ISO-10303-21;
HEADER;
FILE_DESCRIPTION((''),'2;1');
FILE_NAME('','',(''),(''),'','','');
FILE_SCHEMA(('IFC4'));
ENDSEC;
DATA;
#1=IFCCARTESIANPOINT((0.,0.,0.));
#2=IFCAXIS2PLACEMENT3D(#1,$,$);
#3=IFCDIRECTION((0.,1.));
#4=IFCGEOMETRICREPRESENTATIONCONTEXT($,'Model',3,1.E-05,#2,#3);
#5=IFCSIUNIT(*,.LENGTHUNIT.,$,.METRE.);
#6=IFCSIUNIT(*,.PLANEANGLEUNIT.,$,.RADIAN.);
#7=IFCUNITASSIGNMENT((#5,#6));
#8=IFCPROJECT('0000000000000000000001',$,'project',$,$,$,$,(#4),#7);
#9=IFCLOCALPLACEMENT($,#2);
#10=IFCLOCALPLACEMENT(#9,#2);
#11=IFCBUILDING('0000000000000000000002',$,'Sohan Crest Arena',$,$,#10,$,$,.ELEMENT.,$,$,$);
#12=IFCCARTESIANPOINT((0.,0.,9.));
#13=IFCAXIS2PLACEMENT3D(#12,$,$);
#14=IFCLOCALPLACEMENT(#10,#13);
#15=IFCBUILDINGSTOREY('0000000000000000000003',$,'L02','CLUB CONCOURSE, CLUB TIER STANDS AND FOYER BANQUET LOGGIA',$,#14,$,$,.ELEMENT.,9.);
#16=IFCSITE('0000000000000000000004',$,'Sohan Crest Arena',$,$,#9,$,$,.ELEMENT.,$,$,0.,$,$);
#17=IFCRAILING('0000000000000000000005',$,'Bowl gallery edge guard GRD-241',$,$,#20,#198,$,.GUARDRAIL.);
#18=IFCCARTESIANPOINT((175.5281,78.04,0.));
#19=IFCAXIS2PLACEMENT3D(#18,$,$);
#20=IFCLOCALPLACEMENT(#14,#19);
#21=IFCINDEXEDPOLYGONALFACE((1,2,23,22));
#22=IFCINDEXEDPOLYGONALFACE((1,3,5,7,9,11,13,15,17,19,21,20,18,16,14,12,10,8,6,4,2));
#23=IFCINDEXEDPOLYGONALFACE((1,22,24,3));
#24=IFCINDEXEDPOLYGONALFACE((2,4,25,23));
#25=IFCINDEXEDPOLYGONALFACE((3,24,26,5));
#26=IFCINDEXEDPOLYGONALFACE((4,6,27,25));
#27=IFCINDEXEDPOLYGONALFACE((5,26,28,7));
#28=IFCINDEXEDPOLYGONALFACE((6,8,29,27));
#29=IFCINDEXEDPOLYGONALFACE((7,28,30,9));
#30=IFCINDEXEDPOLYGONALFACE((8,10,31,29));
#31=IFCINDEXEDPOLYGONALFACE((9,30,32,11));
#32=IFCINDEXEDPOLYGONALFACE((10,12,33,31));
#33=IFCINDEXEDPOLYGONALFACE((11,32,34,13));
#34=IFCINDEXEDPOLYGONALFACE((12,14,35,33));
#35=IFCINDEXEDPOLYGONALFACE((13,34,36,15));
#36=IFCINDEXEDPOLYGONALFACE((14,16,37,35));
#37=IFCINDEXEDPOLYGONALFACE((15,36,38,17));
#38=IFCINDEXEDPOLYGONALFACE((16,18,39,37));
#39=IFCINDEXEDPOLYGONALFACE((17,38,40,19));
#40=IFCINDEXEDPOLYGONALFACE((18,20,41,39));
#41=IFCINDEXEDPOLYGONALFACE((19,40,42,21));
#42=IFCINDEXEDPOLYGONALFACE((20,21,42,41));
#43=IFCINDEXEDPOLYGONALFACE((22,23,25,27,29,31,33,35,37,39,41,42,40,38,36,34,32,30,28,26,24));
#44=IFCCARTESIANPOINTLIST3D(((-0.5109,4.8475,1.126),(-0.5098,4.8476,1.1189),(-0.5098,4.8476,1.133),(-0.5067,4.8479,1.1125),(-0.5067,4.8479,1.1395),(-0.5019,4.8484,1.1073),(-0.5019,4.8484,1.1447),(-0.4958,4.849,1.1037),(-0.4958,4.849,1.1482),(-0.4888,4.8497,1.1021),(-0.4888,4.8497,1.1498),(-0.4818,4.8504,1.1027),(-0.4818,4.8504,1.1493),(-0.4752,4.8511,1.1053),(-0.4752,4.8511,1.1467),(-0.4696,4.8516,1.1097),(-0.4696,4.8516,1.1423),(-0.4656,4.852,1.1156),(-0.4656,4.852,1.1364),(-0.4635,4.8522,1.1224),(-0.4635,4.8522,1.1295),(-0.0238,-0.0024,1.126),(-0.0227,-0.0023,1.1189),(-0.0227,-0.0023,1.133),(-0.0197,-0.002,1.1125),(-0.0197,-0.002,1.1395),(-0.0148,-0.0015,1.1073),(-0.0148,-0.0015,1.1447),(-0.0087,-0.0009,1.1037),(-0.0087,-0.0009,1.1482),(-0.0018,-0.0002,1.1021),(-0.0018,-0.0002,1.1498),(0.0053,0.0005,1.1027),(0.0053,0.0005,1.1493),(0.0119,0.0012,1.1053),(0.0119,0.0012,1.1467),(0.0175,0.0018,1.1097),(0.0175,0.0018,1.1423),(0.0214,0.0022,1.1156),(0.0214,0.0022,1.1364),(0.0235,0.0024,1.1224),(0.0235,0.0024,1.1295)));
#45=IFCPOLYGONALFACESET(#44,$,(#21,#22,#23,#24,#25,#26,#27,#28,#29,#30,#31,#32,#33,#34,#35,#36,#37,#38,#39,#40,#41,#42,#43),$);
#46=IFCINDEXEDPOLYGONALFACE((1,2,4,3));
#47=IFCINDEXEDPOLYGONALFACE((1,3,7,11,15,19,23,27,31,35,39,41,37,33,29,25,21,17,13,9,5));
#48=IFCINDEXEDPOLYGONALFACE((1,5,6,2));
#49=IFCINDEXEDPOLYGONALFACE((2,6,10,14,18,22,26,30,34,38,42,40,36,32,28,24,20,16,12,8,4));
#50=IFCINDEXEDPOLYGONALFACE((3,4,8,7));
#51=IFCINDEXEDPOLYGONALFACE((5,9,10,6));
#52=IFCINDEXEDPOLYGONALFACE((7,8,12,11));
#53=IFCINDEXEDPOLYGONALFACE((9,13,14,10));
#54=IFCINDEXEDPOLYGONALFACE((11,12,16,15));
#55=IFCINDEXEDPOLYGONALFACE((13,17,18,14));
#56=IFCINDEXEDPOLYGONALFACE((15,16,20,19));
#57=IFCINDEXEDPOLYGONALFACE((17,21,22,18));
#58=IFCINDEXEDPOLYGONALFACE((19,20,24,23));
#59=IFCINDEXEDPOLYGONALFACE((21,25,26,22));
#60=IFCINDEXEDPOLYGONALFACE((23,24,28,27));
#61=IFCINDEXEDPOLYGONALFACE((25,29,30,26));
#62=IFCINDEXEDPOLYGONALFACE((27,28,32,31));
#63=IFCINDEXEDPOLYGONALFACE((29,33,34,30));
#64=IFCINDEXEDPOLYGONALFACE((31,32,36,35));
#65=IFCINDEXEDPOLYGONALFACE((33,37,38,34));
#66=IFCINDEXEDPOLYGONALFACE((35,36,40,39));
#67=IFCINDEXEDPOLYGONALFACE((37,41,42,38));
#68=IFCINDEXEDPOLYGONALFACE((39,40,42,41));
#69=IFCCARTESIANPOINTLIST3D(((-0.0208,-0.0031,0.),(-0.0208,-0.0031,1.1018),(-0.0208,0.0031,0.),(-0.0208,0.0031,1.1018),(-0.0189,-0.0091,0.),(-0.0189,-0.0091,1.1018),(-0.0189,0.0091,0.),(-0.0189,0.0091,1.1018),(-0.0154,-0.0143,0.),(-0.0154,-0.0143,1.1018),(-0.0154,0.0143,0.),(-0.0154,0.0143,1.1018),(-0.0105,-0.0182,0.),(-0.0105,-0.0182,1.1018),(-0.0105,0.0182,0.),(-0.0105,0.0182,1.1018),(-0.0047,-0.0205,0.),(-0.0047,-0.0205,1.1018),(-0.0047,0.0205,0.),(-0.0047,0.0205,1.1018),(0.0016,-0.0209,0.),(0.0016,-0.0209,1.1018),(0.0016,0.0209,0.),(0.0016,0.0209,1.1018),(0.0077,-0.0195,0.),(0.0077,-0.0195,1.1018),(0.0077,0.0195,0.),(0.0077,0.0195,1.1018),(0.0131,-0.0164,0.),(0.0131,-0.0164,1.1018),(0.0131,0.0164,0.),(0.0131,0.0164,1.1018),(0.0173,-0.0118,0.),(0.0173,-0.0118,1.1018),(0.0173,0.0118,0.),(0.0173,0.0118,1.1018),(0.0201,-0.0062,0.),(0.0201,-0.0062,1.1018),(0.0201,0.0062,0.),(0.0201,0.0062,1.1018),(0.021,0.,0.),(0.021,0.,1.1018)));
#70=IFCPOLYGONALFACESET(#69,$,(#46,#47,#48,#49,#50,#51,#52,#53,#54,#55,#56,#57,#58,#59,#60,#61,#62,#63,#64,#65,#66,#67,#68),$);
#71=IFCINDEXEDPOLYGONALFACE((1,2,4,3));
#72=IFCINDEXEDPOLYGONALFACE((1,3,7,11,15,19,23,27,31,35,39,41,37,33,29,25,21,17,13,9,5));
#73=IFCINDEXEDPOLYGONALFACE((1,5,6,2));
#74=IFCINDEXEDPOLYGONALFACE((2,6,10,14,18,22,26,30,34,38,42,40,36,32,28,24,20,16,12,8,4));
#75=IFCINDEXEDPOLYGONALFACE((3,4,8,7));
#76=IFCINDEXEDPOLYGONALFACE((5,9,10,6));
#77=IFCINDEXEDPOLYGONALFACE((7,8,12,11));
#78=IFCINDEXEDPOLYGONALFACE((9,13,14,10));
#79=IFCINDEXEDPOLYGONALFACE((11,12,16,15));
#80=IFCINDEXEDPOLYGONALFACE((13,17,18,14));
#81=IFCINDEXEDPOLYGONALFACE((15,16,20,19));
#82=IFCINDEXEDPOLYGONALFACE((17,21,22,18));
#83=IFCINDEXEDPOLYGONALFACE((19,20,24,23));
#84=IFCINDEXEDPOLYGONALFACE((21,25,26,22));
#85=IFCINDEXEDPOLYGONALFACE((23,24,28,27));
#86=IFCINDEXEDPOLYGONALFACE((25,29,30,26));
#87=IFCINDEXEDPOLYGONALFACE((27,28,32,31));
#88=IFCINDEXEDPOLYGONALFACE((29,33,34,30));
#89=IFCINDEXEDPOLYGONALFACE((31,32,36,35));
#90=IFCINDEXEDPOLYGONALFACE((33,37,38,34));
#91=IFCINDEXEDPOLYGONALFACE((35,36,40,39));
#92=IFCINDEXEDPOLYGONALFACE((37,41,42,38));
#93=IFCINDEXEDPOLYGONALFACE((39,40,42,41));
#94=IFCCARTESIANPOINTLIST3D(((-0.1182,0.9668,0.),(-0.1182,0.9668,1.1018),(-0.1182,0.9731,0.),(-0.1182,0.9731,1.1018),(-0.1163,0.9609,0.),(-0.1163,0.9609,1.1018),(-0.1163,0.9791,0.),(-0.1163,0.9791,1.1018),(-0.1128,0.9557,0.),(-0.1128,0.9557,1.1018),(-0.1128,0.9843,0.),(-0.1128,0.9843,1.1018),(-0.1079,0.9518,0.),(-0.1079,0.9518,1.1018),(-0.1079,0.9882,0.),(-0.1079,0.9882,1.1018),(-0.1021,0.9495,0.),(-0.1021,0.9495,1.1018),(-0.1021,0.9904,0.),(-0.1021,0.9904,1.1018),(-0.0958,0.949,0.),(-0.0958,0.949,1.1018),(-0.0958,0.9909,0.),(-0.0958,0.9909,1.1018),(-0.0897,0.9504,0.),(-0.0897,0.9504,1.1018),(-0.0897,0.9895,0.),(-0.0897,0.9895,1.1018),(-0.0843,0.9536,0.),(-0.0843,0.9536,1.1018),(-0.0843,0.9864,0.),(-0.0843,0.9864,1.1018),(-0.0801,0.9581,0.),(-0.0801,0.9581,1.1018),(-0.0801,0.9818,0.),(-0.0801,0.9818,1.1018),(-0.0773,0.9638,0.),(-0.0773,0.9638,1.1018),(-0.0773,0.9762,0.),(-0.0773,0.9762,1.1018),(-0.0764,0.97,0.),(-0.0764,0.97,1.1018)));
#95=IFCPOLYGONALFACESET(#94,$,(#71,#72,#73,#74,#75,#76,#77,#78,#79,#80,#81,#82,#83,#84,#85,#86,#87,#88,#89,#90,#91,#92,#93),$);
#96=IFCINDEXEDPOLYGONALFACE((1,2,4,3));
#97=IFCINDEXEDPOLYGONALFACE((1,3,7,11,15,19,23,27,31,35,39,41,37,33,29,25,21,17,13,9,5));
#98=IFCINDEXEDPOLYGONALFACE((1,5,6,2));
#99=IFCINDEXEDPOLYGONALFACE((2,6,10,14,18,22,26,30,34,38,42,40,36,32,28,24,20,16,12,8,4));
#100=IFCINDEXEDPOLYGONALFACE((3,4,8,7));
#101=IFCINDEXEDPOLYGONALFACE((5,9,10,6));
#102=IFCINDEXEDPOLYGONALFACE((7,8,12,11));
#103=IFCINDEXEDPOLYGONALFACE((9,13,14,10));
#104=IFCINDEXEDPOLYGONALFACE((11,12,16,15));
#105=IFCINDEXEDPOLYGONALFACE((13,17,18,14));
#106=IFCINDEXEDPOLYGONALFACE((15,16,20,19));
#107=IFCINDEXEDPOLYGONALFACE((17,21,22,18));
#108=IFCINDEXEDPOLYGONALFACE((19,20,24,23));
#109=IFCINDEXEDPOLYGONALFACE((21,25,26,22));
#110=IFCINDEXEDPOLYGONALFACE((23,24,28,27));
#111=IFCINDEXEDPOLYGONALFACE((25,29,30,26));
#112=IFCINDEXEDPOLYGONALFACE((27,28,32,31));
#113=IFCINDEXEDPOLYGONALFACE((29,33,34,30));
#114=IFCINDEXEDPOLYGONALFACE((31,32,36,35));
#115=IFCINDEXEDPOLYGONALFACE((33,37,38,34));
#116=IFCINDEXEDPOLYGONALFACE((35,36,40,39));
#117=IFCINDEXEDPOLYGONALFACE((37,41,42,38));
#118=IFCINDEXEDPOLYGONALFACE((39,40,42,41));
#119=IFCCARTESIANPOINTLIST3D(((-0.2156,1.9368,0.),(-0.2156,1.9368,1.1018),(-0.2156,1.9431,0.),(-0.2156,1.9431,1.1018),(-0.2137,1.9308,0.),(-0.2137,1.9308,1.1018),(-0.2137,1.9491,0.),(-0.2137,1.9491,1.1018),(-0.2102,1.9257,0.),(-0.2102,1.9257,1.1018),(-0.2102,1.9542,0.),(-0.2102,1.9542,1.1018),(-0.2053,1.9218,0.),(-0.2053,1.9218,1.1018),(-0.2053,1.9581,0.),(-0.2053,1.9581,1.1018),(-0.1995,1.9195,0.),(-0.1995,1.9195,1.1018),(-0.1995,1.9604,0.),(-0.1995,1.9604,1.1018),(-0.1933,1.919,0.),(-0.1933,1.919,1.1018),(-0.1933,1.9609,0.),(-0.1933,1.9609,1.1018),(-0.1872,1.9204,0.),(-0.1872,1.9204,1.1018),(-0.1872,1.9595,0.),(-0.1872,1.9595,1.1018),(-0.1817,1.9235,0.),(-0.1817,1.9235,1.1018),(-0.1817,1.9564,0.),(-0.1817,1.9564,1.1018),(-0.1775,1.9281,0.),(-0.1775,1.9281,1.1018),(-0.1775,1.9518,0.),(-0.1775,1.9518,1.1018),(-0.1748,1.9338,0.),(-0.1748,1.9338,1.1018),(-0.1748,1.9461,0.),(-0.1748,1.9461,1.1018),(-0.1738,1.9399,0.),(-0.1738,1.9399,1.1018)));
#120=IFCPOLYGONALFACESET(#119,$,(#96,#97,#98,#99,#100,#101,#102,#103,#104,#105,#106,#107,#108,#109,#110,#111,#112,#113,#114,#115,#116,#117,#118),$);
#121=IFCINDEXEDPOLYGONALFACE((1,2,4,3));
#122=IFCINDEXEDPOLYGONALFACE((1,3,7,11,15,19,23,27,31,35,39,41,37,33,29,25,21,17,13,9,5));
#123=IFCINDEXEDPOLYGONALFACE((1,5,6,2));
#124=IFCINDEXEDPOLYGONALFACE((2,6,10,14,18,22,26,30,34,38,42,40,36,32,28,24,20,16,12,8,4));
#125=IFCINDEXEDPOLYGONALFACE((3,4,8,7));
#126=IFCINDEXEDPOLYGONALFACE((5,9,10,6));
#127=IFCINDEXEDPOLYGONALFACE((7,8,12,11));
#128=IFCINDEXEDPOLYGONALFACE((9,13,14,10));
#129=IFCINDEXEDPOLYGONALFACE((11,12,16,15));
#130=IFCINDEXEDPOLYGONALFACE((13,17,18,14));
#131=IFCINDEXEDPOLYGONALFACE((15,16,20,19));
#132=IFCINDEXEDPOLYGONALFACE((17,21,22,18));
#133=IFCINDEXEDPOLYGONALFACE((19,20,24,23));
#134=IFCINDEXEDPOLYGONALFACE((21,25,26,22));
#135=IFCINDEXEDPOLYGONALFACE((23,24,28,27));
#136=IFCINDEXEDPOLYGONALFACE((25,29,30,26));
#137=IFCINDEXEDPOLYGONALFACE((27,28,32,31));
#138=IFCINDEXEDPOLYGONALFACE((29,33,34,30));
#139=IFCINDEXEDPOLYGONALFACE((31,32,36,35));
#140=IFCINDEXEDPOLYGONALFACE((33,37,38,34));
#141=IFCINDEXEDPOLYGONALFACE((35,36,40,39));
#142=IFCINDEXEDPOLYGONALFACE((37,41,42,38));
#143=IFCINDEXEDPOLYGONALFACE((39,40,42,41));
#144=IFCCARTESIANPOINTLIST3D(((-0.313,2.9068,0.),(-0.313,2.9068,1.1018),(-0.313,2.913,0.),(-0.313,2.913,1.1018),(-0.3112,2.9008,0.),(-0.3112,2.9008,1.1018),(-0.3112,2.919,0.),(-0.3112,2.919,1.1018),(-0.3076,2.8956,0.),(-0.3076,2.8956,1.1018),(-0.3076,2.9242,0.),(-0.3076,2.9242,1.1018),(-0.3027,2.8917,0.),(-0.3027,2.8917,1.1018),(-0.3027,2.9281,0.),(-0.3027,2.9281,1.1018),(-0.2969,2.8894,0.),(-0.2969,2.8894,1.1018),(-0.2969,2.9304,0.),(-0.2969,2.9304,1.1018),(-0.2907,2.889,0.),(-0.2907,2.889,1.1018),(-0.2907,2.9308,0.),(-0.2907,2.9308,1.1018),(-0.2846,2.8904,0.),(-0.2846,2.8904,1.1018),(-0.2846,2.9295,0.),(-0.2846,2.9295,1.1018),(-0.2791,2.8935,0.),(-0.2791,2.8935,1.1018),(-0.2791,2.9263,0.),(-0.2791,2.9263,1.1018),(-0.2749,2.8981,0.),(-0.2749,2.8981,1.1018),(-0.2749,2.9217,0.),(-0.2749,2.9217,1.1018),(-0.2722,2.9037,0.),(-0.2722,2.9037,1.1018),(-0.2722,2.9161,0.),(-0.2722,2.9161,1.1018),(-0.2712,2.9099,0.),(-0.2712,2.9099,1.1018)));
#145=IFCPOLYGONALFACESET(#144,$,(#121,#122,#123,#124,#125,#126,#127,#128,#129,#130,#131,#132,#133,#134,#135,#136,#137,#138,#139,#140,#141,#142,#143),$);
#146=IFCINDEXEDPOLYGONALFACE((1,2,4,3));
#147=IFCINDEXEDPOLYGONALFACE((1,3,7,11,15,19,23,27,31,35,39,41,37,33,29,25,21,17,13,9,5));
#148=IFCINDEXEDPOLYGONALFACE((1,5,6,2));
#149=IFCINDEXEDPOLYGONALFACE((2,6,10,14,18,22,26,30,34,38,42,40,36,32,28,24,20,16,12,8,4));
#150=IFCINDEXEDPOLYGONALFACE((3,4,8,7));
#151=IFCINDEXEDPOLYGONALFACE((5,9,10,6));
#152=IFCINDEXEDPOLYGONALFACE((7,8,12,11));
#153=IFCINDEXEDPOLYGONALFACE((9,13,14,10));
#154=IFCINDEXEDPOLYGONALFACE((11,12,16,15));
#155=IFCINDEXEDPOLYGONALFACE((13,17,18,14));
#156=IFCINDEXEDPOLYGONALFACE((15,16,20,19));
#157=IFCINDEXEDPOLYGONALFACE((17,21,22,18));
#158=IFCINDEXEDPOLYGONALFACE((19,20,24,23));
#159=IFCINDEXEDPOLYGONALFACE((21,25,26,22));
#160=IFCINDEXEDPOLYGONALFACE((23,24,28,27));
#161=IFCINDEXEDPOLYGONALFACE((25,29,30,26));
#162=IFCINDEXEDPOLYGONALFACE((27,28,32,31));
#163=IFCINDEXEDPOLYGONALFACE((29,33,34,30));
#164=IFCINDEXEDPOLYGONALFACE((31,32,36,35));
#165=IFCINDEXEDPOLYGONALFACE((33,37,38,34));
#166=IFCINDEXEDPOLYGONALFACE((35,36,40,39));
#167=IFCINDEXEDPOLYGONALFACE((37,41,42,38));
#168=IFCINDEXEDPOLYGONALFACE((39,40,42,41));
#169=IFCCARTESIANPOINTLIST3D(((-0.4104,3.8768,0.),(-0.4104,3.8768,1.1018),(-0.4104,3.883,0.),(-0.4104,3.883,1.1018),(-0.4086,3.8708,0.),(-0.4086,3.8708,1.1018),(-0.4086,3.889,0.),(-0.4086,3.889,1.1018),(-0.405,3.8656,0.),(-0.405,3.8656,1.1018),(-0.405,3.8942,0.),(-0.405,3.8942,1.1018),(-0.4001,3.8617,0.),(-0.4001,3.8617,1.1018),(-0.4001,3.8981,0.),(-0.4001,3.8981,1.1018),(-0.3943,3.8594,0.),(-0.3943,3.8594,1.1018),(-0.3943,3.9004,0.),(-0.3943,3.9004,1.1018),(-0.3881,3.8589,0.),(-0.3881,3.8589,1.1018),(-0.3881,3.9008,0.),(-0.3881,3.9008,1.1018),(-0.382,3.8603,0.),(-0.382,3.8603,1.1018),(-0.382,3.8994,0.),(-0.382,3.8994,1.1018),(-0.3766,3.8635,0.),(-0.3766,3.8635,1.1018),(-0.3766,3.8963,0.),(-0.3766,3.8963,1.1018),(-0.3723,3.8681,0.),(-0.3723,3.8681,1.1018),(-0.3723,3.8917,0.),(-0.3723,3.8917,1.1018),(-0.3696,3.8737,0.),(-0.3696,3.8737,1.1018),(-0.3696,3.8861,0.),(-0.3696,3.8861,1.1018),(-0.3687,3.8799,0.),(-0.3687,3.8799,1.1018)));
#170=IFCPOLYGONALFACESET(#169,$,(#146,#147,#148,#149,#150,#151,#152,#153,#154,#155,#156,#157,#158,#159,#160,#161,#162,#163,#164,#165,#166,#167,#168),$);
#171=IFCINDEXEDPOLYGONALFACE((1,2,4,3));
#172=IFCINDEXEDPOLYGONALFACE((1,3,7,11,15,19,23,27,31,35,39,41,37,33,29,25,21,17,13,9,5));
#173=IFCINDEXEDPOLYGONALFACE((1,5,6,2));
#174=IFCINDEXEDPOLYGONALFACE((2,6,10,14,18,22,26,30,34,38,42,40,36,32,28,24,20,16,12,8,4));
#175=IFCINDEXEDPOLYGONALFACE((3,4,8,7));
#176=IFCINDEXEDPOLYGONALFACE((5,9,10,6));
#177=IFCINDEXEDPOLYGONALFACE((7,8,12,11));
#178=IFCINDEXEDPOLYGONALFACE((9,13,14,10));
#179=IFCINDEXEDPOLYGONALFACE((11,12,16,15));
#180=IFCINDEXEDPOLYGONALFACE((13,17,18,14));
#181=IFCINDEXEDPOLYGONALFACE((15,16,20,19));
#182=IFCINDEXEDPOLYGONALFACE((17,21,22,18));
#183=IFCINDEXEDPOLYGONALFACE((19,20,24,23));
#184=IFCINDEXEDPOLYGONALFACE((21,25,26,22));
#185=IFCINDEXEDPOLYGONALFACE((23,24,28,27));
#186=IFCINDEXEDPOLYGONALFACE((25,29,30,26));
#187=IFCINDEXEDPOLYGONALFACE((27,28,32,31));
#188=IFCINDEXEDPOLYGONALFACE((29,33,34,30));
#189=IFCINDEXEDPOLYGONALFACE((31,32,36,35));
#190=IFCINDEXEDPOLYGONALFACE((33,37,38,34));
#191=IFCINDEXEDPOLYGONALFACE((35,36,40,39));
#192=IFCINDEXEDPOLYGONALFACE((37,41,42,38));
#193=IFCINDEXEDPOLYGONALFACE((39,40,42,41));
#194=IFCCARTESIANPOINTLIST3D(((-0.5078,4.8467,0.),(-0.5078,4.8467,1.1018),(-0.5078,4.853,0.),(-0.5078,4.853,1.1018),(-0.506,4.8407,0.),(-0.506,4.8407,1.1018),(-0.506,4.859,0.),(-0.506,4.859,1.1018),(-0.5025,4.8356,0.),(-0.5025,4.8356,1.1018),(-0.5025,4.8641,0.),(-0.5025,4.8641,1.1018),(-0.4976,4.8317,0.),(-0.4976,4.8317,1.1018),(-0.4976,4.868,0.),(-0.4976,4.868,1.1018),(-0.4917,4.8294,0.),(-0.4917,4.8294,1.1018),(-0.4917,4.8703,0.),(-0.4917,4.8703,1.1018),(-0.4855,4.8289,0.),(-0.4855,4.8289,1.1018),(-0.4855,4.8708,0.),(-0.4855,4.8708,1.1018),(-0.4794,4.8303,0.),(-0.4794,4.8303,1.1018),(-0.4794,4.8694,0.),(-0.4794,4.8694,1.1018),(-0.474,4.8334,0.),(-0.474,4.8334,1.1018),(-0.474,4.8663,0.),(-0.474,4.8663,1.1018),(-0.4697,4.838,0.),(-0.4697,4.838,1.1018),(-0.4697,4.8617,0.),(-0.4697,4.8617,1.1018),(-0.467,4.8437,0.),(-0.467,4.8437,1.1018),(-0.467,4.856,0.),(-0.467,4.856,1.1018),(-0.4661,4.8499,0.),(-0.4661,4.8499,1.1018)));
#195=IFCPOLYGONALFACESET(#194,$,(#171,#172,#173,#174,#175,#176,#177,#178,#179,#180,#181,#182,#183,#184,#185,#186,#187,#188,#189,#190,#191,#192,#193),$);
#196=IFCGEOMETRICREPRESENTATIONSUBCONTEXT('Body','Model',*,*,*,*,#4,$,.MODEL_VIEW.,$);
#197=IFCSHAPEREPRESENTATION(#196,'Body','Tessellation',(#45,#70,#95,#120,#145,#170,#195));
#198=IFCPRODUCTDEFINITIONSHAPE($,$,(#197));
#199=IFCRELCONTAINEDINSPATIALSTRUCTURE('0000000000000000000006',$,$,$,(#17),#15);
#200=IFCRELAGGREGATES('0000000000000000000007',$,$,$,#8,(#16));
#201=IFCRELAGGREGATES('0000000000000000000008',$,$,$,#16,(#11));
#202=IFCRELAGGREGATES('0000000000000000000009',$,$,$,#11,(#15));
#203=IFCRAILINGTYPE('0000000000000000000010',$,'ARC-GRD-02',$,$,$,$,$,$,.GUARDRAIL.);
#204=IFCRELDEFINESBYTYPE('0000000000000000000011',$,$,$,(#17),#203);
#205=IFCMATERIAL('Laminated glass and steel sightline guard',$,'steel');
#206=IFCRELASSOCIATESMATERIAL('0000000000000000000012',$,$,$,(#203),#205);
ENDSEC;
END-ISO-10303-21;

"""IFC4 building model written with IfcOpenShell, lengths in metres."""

from ifc_helpers import new_model, si_unit, direction, frame, origin, origin_2d, place, context, subcontext, project, spatial, circle, extrude, material, type_object, element, save


model = new_model("IFC4")

# Units and contexts
model_context = context("Model", 3, precision=1e-05, world=origin(), true_north=direction((0.0, 1.0)))
body_context = subcontext(model_context, "Body", "Model", "MODEL_VIEW")
ifc_project = project(units=[si_unit("LENGTHUNIT", "METRE"), si_unit("PLANEANGLEUNIT", "RADIAN")], contexts=[model_context])

# Site, building, storey
site_placement = place(None, origin())
site = spatial("IfcSite", under=ifc_project, at=site_placement, Name="Sohan Crest Arena", CompositionType="ELEMENT", RefElevation=0.0)
building_placement = place(site_placement, origin())
building = spatial("IfcBuilding", under=site, at=building_placement, Name="Sohan Crest Arena", CompositionType="ELEMENT")
storey_placement = place(building_placement, frame((0.0, 0.0, 9.0)))
storey = spatial("IfcBuildingStorey", under=building, at=storey_placement, Name="L02", Description="CLUB CONCOURSE, CLUB TIER STANDS AND FOYER BANQUET LOGGIA", CompositionType="ELEMENT", Elevation=9.0)

# Railing
ifc_material_1 = material(Name="Laminated glass and steel sightline guard", Category="steel")
railing_type = type_object("IfcRailingType", Name="ARC-GRD-02", PredefinedType="GUARDRAIL", material=ifc_material_1)
railing_1_placement = place(storey_placement, frame((175.5281, 78.04, 0.0)))
element("IfcRailing", 1, at=railing_1_placement, inside=storey, type_object=railing_type, Name="Bowl gallery edge guard GRD-241", PredefinedType="GUARDRAIL", context=body_context, shape_type="SweptSolid", body=[
    extrude(circle(Radius=0.0239, at=origin_2d()), frame((0.0, 0.0, 1.126), z_axis=(-0.099925, 0.994995, 0.0), x_axis=(-0.994995, -0.099925, 0.0)), (0.0, 0.0, 1.0), 4.8743),
    extrude(circle(Radius=0.021, at=origin_2d()), origin(), (0.0, 0.0, 1.0), 1.1018),
    extrude(circle(Radius=0.021, at=origin_2d()), frame((-0.0974, 0.97, 0.0)), (0.0, 0.0, 1.0), 1.1018),
    extrude(circle(Radius=0.021, at=origin_2d()), frame((-0.1948, 1.9399, 0.0)), (0.0, 0.0, 1.0), 1.1018),
    extrude(circle(Radius=0.021, at=origin_2d()), frame((-0.2922, 2.9099, 0.0)), (0.0, 0.0, 1.0), 1.1018),
    extrude(circle(Radius=0.021, at=origin_2d()), frame((-0.3896, 3.8799, 0.0)), (0.0, 0.0, 1.0), 1.1018),
    extrude(circle(Radius=0.021, at=origin_2d()), frame((-0.4871, 4.8499, 0.0)), (0.0, 0.0, 1.0), 1.1018),
])

save(model, "model.ifc")
